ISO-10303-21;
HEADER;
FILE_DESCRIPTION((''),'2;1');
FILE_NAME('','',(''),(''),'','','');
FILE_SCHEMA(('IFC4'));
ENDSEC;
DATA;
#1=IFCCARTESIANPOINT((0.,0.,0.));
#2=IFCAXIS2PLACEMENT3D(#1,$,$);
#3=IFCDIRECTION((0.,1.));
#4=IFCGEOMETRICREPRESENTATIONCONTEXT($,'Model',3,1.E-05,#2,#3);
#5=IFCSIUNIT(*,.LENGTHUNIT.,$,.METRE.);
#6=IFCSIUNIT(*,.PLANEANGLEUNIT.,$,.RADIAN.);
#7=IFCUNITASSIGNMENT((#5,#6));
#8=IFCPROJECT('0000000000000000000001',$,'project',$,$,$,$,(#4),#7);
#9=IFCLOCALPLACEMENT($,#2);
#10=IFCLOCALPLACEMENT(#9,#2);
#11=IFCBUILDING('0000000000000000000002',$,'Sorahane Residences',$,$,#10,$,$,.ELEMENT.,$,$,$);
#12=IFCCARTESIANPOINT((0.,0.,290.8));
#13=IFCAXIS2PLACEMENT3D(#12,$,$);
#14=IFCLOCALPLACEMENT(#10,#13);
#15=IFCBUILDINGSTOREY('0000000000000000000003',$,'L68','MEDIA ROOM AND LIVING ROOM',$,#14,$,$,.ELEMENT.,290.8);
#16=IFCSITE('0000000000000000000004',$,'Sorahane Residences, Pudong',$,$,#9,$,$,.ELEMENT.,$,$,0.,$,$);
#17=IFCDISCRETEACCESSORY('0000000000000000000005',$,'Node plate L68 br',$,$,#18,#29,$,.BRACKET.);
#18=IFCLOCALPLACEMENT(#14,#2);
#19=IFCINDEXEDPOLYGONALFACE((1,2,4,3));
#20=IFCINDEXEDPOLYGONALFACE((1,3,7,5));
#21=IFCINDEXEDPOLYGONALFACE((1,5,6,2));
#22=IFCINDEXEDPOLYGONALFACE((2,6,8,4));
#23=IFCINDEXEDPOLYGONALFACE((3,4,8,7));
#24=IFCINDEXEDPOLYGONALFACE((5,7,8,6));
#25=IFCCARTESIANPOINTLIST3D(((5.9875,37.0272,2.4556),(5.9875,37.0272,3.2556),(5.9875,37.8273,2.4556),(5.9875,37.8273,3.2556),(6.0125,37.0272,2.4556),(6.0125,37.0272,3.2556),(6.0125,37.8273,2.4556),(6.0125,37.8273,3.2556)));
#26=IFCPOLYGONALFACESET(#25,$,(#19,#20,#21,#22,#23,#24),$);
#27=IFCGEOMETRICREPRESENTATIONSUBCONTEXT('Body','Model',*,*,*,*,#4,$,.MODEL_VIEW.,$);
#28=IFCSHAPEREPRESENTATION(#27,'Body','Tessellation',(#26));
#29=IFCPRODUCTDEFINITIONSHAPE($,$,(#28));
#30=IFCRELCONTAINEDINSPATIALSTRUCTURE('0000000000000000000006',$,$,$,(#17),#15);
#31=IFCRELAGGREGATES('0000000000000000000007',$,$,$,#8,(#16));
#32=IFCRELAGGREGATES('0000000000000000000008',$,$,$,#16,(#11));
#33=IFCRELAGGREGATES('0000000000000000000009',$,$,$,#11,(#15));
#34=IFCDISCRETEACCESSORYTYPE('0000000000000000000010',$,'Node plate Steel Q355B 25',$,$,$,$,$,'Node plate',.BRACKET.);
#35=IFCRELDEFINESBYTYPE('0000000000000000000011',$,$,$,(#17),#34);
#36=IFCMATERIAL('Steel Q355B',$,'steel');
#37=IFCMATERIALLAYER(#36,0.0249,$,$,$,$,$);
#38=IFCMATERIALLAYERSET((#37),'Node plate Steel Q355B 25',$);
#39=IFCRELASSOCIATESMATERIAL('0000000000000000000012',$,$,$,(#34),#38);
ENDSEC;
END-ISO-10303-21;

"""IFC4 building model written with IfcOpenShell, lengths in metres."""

from ifc_helpers import new_model, si_unit, direction, frame, origin, origin_2d, place, context, subcontext, project, spatial, rectangle, extrude, material, layer, layer_set, type_object, element, save


model = new_model("IFC4")

# Units and contexts
model_context = context("Model", 3, precision=1e-05, world=origin(), true_north=direction((0.0, 1.0)))
body_context = subcontext(model_context, "Body", "Model", "MODEL_VIEW")
ifc_project = project(units=[si_unit("LENGTHUNIT", "METRE"), si_unit("PLANEANGLEUNIT", "RADIAN")], contexts=[model_context])

# Site, building, storey
site_placement = place(None, origin())
site = spatial("IfcSite", under=ifc_project, at=site_placement, Name="Sorahane Residences, Pudong", CompositionType="ELEMENT", RefElevation=0.0)
building_placement = place(site_placement, origin())
building = spatial("IfcBuilding", under=site, at=building_placement, Name="Sorahane Residences", CompositionType="ELEMENT")
storey_placement = place(building_placement, frame((0.0, 0.0, 290.8)))
storey = spatial("IfcBuildingStorey", under=building, at=storey_placement, Name="L68", Description="MEDIA ROOM AND LIVING ROOM", CompositionType="ELEMENT", Elevation=290.8)

# Discrete accessory
ifc_material_1 = material(Name="Steel Q355B", Category="steel")
ifc_layer_1 = layer(ifc_material_1, 0.0249)
ifc_layer_set_1 = layer_set([ifc_layer_1], Name="Node plate Steel Q355B 25")
discrete_accessory_type = type_object("IfcDiscreteAccessoryType", Name="Node plate Steel Q355B 25", ElementType="Node plate", PredefinedType="BRACKET", material=ifc_layer_set_1)
for number, where, z_axis, x_axis, name in (
    (1, (6.0, 37.4272, 2.4556), (0.0, 0.0, 1.0), (0.0, 1.0, 0.0), "Node plate L68 br"),
):
    element("IfcDiscreteAccessory", number, at=place(storey_placement, frame(where, z_axis=z_axis, x_axis=x_axis)), inside=storey, type_object=discrete_accessory_type, Name=name, PredefinedType="BRACKET", context=body_context, shape_type="SweptSolid", body=[
        extrude(rectangle(XDim=0.8, YDim=0.0249, at=origin_2d()), origin(), (0.0, 0.0, 1.0), 0.8),
    ])

save(model, "model.ifc")
